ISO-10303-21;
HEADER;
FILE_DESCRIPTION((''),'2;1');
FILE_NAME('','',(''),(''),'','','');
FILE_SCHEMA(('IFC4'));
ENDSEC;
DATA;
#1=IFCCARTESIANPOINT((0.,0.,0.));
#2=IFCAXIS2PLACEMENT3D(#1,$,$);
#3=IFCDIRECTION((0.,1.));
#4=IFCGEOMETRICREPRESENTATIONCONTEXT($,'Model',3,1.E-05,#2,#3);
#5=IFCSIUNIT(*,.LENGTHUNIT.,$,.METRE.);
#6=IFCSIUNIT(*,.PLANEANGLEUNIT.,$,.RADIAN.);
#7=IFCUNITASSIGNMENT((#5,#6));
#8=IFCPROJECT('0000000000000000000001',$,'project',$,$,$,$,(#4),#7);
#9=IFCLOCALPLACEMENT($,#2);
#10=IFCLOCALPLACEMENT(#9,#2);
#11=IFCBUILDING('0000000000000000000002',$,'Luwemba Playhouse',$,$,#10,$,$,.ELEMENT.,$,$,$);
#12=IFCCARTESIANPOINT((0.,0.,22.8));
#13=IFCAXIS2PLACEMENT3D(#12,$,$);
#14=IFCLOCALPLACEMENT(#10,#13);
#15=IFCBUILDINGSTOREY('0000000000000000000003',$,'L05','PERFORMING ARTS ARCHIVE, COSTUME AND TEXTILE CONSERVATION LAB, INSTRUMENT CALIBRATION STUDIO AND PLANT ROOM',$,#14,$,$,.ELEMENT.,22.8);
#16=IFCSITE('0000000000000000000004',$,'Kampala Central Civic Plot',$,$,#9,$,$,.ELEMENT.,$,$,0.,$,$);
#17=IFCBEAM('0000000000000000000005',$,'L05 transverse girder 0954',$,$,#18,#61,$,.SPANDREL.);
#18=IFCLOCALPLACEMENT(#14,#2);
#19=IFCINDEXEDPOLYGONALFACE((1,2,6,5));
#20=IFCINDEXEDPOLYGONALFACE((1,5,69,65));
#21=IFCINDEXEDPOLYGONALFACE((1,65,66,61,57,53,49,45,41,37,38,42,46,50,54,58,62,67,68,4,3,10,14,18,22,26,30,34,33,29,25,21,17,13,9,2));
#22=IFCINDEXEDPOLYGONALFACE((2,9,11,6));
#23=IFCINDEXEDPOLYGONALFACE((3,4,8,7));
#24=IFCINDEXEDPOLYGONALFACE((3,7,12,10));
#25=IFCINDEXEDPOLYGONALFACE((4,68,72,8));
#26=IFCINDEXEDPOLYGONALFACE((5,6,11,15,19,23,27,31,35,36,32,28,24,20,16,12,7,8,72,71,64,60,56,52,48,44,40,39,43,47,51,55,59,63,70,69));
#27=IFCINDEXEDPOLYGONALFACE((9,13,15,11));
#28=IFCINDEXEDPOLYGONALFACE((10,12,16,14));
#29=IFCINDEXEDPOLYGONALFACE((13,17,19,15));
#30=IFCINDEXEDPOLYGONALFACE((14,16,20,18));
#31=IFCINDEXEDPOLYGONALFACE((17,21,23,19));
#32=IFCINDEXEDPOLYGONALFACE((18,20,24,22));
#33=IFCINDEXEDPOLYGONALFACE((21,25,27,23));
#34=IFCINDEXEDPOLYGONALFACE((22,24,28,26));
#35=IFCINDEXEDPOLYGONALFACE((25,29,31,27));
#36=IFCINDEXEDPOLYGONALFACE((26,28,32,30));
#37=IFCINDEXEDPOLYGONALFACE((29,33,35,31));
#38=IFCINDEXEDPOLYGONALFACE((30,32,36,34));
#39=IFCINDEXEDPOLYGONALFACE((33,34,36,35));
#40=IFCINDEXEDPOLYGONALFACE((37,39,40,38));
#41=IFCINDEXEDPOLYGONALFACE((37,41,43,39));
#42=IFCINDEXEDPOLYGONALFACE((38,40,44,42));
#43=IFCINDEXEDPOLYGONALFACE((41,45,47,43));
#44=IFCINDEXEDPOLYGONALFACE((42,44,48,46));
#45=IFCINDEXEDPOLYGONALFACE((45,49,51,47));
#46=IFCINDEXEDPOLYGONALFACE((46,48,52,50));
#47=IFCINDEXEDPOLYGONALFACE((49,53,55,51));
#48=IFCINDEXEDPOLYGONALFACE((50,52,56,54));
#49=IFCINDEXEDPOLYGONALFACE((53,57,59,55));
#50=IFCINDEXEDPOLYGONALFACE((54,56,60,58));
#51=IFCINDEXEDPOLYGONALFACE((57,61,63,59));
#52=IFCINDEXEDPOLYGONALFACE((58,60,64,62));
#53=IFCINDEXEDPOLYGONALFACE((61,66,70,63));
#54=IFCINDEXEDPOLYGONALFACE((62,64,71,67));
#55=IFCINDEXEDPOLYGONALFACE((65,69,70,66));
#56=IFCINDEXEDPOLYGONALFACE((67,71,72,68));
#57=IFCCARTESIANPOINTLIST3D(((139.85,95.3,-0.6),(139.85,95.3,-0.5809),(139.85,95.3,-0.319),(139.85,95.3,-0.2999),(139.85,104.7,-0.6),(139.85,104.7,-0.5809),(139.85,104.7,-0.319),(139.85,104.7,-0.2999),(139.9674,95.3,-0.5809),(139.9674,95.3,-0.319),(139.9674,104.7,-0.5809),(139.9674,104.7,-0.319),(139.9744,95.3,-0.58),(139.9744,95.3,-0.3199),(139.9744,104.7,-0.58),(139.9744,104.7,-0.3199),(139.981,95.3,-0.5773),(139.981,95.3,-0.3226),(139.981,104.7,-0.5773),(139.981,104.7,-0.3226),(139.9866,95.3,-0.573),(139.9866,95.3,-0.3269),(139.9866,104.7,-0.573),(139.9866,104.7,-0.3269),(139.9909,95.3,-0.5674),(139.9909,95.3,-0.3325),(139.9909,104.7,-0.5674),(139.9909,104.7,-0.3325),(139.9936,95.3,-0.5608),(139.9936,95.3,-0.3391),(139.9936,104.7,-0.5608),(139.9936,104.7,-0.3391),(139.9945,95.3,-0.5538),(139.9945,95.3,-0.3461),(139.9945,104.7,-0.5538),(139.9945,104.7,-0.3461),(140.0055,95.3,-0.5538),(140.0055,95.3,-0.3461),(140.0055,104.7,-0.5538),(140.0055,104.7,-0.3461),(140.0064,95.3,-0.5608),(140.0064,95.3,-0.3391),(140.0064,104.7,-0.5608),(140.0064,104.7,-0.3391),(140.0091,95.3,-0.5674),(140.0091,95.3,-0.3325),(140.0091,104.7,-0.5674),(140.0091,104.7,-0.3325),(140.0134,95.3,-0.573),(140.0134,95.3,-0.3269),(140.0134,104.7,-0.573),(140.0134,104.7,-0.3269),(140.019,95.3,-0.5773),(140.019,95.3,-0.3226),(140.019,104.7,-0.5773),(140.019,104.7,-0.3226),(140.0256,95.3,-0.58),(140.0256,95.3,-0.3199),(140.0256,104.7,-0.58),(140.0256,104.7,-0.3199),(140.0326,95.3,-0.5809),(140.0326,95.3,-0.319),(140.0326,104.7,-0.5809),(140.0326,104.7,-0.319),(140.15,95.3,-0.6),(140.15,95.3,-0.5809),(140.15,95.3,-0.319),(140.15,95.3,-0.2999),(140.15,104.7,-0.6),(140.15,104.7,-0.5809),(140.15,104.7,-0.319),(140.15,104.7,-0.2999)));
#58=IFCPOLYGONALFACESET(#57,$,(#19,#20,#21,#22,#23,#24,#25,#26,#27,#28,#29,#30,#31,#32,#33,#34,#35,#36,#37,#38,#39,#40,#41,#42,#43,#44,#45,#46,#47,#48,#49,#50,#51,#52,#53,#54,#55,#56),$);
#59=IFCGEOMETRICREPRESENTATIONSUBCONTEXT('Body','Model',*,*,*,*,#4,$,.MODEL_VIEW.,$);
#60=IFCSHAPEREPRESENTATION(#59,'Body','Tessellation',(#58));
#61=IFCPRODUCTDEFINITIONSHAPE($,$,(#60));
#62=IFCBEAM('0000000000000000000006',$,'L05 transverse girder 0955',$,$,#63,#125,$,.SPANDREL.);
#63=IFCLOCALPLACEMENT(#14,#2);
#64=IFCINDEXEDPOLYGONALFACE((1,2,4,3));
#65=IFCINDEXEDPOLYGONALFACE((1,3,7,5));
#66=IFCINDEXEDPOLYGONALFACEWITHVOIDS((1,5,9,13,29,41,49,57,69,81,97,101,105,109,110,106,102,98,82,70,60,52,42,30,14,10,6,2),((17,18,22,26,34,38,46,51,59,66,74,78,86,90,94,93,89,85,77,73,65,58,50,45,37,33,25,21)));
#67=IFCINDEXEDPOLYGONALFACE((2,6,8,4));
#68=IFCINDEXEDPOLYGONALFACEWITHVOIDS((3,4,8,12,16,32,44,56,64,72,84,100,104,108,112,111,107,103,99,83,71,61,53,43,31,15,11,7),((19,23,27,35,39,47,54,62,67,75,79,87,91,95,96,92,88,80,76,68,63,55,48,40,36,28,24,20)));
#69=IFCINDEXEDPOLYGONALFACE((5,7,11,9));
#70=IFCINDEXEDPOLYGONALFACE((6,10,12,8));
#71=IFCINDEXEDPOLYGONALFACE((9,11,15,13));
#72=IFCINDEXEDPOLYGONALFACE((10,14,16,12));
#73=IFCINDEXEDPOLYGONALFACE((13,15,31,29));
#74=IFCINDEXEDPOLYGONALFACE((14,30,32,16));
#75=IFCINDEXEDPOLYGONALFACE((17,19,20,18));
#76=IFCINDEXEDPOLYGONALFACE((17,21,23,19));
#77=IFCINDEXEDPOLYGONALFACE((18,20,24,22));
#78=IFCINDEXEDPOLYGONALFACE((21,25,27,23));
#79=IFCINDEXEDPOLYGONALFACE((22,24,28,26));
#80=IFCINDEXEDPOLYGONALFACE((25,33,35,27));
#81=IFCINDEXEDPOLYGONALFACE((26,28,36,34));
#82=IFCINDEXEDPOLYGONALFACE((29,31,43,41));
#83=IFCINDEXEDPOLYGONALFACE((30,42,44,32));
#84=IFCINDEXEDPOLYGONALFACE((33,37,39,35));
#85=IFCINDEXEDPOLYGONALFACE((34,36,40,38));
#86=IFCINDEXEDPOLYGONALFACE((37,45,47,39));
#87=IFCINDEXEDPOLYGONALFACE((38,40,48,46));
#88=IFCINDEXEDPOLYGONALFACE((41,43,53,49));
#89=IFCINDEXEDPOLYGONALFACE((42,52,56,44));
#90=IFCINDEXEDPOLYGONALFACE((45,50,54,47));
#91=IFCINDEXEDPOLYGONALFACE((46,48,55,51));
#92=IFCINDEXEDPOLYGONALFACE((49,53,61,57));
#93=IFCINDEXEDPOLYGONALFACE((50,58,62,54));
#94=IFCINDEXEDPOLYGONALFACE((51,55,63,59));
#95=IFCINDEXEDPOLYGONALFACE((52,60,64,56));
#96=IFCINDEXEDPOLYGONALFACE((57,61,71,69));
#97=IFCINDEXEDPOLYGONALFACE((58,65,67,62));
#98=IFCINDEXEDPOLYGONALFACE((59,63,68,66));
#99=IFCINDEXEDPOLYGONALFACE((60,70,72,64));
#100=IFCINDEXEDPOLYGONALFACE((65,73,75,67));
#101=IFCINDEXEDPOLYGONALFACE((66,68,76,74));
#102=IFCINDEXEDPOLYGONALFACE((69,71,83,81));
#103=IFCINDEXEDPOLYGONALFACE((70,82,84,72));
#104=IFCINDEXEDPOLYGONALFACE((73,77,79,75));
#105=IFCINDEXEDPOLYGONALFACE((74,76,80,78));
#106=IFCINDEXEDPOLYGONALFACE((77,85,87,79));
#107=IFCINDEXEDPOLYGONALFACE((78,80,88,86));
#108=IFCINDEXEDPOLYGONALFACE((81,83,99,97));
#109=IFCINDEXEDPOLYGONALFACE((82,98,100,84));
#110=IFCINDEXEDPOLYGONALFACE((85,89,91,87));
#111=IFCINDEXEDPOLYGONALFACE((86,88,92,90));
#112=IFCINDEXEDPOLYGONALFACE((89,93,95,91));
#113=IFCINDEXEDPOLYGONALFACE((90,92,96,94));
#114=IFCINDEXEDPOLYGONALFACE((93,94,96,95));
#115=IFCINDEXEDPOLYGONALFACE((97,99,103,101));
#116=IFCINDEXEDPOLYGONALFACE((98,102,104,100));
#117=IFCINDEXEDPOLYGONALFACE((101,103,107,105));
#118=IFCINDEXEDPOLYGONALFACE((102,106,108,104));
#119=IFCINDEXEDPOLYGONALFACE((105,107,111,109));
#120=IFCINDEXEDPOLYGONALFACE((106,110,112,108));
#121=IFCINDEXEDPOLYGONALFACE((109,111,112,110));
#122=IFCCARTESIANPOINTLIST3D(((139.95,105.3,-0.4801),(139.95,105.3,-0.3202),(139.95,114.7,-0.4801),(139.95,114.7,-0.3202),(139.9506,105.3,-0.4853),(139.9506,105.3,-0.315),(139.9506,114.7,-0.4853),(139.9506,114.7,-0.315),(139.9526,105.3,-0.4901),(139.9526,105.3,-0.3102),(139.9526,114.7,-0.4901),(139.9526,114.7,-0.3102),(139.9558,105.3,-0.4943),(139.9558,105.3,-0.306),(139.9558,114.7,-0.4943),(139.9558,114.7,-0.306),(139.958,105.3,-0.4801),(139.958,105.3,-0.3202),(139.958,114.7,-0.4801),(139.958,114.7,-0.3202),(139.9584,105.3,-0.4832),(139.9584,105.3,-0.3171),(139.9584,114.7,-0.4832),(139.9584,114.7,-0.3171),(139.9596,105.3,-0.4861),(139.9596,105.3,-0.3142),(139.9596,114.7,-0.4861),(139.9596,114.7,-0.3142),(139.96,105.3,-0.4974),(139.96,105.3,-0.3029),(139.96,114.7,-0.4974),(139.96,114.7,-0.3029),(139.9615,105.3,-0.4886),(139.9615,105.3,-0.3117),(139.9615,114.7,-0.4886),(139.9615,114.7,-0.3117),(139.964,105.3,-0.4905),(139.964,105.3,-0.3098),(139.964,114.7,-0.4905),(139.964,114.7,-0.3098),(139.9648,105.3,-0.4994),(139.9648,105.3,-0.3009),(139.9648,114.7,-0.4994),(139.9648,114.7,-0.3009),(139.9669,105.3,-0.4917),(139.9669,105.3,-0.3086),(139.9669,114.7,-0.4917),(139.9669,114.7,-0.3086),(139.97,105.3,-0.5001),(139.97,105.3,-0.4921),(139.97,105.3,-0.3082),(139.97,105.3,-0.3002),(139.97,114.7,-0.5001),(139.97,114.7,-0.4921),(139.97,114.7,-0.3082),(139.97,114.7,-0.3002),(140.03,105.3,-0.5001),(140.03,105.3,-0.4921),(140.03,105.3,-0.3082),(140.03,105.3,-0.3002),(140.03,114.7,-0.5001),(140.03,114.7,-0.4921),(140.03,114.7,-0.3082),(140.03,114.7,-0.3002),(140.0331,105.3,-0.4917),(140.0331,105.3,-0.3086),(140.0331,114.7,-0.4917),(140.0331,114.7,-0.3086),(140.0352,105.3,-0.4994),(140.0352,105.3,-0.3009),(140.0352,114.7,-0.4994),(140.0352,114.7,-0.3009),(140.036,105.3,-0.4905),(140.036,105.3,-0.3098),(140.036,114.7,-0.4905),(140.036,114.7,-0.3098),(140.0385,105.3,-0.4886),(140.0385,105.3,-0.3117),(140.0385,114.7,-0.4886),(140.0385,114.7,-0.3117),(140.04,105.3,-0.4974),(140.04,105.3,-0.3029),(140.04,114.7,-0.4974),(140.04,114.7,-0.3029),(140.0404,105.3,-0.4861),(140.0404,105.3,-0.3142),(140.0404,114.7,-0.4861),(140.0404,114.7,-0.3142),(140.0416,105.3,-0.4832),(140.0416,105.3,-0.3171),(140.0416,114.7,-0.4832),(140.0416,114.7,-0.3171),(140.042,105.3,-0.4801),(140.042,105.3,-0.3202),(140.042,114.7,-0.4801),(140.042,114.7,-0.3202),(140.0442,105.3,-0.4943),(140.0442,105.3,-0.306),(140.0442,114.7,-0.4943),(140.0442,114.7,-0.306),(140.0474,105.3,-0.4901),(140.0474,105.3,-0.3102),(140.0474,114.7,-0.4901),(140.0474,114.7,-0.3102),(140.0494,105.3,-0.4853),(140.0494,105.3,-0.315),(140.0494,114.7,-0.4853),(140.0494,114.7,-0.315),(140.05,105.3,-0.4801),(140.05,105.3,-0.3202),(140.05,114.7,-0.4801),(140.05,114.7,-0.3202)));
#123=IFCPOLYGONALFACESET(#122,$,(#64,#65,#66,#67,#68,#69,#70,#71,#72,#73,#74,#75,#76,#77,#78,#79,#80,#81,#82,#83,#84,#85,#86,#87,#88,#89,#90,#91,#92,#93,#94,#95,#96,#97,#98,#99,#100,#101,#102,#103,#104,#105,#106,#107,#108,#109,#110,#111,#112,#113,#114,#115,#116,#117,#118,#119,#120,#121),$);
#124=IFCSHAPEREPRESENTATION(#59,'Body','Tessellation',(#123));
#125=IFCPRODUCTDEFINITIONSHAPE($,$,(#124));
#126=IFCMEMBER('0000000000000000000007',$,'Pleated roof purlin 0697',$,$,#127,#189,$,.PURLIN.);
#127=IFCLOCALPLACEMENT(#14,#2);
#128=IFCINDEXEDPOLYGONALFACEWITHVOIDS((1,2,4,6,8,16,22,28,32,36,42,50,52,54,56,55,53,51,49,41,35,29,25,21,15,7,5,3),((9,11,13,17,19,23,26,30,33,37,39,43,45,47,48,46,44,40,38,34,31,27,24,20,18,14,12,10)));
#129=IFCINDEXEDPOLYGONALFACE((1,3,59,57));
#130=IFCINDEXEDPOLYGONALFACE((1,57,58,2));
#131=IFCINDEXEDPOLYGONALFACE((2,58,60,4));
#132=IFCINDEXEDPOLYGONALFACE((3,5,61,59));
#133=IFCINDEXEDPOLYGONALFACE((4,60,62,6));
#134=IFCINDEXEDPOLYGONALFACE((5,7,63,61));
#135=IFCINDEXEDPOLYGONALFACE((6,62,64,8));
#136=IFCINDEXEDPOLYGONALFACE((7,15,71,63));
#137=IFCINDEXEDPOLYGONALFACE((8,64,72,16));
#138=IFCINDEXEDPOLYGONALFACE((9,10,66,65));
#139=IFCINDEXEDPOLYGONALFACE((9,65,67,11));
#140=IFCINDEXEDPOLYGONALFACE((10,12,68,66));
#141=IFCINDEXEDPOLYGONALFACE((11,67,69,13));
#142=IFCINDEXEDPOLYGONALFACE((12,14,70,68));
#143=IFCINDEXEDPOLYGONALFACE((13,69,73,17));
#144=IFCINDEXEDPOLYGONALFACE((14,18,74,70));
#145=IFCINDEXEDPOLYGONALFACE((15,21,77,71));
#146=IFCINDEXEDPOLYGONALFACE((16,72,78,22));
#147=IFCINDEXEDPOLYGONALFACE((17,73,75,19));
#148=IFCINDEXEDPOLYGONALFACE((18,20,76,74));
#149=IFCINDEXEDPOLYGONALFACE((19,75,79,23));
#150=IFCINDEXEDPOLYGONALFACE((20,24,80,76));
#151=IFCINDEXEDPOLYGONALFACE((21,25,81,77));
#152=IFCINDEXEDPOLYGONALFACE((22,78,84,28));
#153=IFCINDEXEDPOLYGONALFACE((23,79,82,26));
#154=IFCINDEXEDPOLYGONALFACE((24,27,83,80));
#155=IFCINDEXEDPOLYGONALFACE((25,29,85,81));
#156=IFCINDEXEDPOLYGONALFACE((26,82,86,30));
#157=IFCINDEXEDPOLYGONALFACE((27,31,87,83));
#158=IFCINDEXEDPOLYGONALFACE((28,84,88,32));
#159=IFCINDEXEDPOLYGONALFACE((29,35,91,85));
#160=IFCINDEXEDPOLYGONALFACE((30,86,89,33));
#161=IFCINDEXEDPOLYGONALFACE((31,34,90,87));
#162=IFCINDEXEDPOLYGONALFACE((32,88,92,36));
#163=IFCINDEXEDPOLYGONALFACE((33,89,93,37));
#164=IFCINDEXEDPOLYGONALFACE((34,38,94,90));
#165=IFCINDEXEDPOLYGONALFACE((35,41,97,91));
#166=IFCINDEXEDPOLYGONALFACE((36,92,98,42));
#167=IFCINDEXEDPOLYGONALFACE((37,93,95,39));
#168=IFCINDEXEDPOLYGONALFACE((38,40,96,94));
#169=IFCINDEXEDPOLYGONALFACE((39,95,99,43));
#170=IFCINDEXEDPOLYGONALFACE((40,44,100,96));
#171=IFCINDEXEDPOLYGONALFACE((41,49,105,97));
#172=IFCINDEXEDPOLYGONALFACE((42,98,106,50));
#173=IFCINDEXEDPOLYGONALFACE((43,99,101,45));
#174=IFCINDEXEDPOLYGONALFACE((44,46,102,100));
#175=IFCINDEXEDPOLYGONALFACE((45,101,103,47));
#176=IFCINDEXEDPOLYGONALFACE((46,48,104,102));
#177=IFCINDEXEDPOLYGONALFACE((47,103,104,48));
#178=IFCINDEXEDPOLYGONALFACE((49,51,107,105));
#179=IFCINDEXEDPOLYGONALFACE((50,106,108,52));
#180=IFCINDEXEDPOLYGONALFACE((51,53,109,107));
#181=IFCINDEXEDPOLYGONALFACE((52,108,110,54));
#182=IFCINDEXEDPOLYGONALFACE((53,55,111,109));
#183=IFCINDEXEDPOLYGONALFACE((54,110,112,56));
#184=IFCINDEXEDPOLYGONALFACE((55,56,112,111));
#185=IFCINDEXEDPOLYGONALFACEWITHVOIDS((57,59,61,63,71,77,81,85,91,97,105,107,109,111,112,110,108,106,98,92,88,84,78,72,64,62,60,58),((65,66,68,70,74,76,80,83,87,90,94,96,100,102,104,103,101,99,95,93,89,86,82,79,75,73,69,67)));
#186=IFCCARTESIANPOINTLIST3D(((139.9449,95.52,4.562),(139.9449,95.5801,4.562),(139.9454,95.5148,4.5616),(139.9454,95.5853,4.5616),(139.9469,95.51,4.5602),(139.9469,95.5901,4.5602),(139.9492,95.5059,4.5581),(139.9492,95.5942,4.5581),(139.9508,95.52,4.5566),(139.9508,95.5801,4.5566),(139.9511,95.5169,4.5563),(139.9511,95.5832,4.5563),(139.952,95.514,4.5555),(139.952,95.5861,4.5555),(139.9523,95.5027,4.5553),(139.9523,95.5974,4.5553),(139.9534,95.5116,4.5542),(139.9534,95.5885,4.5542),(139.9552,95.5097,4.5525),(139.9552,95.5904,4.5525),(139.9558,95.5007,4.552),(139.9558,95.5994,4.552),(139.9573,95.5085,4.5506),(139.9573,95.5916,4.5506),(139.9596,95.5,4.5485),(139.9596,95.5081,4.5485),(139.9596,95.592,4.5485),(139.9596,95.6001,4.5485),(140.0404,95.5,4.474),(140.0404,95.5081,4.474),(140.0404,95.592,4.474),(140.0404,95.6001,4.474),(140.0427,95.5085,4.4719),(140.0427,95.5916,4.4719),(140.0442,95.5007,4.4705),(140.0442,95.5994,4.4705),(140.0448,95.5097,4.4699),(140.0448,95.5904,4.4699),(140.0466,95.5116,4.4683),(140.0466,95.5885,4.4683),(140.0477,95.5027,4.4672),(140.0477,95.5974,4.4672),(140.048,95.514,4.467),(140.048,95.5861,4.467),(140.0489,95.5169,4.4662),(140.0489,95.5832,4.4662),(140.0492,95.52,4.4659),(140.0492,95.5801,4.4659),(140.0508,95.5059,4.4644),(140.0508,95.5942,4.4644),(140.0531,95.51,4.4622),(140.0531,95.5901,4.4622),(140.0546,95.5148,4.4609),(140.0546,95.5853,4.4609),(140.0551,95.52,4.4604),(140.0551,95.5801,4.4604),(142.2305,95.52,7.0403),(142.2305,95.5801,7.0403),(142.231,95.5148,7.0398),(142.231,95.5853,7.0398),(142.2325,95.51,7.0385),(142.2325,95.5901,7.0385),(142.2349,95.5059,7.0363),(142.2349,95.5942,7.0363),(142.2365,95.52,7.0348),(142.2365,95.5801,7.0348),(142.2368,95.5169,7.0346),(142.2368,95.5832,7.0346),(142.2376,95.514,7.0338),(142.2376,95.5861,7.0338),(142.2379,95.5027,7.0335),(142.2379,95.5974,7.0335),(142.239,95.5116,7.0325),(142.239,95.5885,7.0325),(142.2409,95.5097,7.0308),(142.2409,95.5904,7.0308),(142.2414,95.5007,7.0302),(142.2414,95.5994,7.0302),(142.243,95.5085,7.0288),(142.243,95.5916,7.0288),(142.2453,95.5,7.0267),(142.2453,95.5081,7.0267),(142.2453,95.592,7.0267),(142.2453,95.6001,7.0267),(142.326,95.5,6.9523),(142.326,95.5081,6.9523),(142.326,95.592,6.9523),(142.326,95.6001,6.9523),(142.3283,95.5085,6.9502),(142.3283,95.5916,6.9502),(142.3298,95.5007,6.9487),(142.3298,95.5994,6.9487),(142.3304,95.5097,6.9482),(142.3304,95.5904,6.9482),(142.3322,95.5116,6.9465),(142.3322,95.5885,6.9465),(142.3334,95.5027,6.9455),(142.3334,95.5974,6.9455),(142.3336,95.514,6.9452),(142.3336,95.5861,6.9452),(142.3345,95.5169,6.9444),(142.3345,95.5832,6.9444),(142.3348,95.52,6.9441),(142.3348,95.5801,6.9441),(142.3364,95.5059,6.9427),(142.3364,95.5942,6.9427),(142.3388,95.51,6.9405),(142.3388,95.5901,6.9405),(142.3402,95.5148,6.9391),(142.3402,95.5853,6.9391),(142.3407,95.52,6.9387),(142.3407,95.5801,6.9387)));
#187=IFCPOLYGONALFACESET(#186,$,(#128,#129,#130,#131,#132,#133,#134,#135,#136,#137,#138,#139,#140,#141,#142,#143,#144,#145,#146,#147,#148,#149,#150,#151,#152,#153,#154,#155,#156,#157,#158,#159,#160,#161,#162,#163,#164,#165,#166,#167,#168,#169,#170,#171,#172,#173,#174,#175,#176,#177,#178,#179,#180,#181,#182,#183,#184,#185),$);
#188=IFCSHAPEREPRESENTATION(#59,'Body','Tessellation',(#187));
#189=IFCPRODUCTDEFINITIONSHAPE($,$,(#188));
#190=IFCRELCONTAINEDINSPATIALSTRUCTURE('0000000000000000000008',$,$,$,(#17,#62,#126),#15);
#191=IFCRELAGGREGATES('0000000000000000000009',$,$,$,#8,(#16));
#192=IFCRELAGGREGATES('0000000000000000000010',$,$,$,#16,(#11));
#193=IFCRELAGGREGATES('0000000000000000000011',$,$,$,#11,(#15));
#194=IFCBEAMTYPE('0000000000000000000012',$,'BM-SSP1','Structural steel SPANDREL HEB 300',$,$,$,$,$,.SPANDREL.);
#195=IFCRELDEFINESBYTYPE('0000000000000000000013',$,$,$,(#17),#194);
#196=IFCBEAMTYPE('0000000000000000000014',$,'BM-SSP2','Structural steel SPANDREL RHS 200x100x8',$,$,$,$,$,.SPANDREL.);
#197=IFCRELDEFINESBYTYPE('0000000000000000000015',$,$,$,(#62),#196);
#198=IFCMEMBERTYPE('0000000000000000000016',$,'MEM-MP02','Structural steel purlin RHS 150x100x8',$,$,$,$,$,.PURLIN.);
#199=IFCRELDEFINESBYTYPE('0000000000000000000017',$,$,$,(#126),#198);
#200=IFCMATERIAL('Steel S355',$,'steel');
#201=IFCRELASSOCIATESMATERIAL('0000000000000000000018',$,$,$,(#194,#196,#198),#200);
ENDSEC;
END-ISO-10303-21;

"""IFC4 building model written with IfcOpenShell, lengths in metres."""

from ifc_helpers import new_model, si_unit, direction, frame, origin, origin_2d, place, context, subcontext, project, spatial, hollow_rectangle, i_section, extrude, material, material_profile, profile_set, type_object, element, save


model = new_model("IFC4")

# Units and contexts
model_context = context("Model", 3, precision=1e-05, world=origin(), true_north=direction((0.0, 1.0)))
body_context = subcontext(model_context, "Body", "Model", "MODEL_VIEW")
ifc_project = project(units=[si_unit("LENGTHUNIT", "METRE"), si_unit("PLANEANGLEUNIT", "RADIAN")], contexts=[model_context])

# Site, building, storey
site_placement = place(None, origin())
site = spatial("IfcSite", under=ifc_project, at=site_placement, Name="Kampala Central Civic Plot", CompositionType="ELEMENT", RefElevation=0.0)
building_placement = place(site_placement, origin())
building = spatial("IfcBuilding", under=site, at=building_placement, Name="Luwemba Playhouse", CompositionType="ELEMENT")
storey_placement = place(building_placement, frame((0.0, 0.0, 22.8)))
storey = spatial("IfcBuildingStorey", under=building, at=storey_placement, Name="L05", Description="PERFORMING ARTS ARCHIVE, COSTUME AND TEXTILE CONSERVATION LAB, INSTRUMENT CALIBRATION STUDIO AND PLANT ROOM", CompositionType="ELEMENT", Elevation=22.8)

# Shared definitions
ifc_material_1 = material(Name="Steel S355", Category="steel")

# Beams
ifc_material_profile_1 = material_profile(ifc_material_1, i_section(OverallWidth=0.3, OverallDepth=0.3, WebThickness=0.011, FlangeThickness=0.019, FilletRadius=0.0271, at=origin_2d()))
ifc_profile_set_1 = profile_set([ifc_material_profile_1], Name="Steel S355")
beam_type_1 = type_object("IfcBeamType", Name="BM-SSP1", Description="Structural steel SPANDREL HEB 300", PredefinedType="SPANDREL", material=ifc_profile_set_1)
beam_1_placement = place(storey_placement, frame((140.0, 95.3, -0.45), z_axis=(0.0, 1.0, 0.0), x_axis=(-1.0, 0.0, 0.0)))
element("IfcBeam", 1, at=beam_1_placement, inside=storey, type_object=beam_type_1, Name="L05 transverse girder 0954", PredefinedType="SPANDREL", context=body_context, shape_type="SweptSolid", body=[
    extrude(i_section(OverallWidth=0.3, OverallDepth=0.3, WebThickness=0.011, FlangeThickness=0.019, FilletRadius=0.0271, at=origin_2d()), origin(), (0.0, 0.0, 1.0), 9.3999),
])
ifc_material_profile_2 = material_profile(ifc_material_1, hollow_rectangle(XDim=0.1001, YDim=0.2, WallThickness=0.0081, InnerFilletRadius=0.012, OuterFilletRadius=0.02, at=origin_2d()))
ifc_profile_set_2 = profile_set([ifc_material_profile_2], Name="Steel S355")
beam_type_2 = type_object("IfcBeamType", Name="BM-SSP2", Description="Structural steel SPANDREL RHS 200x100x8", PredefinedType="SPANDREL", material=ifc_profile_set_2)
beam_2_placement = place(storey_placement, frame((140.0, 105.3, -0.4001), z_axis=(0.0, 1.0, 0.0), x_axis=(-1.0, 0.0, 0.0)))
element("IfcBeam", 2, at=beam_2_placement, inside=storey, type_object=beam_type_2, Name="L05 transverse girder 0955", PredefinedType="SPANDREL", context=body_context, shape_type="SweptSolid", body=[
    extrude(hollow_rectangle(XDim=0.1001, YDim=0.2, WallThickness=0.0081, InnerFilletRadius=0.012, OuterFilletRadius=0.02, at=origin_2d()), origin(), (0.0, 0.0, 1.0), 9.3999),
])

# Member
ifc_material_profile_3 = material_profile(ifc_material_1, hollow_rectangle(XDim=0.1001, YDim=0.1499, WallThickness=0.0081, InnerFilletRadius=0.012, OuterFilletRadius=0.02, at=origin_2d()))
ifc_profile_set_3 = profile_set([ifc_material_profile_3], Name="Steel S355")
member_type_1 = type_object("IfcMemberType", Name="MEM-MP02", Description="Structural steel purlin RHS 150x100x8", PredefinedType="PURLIN", material=ifc_profile_set_3)
member_1_placement = place(storey_placement, frame((140.0, 95.55, 4.5112), z_axis=(0.677961, 0.0, 0.735098), x_axis=(0.0, 1.0, 0.0)))
element("IfcMember", 3, at=member_1_placement, inside=storey, type_object=member_type_1, Name="Pleated roof purlin 0697", PredefinedType="PURLIN", context=body_context, shape_type="SweptSolid", body=[
    extrude(hollow_rectangle(XDim=0.1001, YDim=0.1499, WallThickness=0.0081, InnerFilletRadius=0.012, OuterFilletRadius=0.02, at=origin_2d()), origin(), (0.0, 0.0, 1.0), 3.3713),
])

save(model, "model.ifc")
